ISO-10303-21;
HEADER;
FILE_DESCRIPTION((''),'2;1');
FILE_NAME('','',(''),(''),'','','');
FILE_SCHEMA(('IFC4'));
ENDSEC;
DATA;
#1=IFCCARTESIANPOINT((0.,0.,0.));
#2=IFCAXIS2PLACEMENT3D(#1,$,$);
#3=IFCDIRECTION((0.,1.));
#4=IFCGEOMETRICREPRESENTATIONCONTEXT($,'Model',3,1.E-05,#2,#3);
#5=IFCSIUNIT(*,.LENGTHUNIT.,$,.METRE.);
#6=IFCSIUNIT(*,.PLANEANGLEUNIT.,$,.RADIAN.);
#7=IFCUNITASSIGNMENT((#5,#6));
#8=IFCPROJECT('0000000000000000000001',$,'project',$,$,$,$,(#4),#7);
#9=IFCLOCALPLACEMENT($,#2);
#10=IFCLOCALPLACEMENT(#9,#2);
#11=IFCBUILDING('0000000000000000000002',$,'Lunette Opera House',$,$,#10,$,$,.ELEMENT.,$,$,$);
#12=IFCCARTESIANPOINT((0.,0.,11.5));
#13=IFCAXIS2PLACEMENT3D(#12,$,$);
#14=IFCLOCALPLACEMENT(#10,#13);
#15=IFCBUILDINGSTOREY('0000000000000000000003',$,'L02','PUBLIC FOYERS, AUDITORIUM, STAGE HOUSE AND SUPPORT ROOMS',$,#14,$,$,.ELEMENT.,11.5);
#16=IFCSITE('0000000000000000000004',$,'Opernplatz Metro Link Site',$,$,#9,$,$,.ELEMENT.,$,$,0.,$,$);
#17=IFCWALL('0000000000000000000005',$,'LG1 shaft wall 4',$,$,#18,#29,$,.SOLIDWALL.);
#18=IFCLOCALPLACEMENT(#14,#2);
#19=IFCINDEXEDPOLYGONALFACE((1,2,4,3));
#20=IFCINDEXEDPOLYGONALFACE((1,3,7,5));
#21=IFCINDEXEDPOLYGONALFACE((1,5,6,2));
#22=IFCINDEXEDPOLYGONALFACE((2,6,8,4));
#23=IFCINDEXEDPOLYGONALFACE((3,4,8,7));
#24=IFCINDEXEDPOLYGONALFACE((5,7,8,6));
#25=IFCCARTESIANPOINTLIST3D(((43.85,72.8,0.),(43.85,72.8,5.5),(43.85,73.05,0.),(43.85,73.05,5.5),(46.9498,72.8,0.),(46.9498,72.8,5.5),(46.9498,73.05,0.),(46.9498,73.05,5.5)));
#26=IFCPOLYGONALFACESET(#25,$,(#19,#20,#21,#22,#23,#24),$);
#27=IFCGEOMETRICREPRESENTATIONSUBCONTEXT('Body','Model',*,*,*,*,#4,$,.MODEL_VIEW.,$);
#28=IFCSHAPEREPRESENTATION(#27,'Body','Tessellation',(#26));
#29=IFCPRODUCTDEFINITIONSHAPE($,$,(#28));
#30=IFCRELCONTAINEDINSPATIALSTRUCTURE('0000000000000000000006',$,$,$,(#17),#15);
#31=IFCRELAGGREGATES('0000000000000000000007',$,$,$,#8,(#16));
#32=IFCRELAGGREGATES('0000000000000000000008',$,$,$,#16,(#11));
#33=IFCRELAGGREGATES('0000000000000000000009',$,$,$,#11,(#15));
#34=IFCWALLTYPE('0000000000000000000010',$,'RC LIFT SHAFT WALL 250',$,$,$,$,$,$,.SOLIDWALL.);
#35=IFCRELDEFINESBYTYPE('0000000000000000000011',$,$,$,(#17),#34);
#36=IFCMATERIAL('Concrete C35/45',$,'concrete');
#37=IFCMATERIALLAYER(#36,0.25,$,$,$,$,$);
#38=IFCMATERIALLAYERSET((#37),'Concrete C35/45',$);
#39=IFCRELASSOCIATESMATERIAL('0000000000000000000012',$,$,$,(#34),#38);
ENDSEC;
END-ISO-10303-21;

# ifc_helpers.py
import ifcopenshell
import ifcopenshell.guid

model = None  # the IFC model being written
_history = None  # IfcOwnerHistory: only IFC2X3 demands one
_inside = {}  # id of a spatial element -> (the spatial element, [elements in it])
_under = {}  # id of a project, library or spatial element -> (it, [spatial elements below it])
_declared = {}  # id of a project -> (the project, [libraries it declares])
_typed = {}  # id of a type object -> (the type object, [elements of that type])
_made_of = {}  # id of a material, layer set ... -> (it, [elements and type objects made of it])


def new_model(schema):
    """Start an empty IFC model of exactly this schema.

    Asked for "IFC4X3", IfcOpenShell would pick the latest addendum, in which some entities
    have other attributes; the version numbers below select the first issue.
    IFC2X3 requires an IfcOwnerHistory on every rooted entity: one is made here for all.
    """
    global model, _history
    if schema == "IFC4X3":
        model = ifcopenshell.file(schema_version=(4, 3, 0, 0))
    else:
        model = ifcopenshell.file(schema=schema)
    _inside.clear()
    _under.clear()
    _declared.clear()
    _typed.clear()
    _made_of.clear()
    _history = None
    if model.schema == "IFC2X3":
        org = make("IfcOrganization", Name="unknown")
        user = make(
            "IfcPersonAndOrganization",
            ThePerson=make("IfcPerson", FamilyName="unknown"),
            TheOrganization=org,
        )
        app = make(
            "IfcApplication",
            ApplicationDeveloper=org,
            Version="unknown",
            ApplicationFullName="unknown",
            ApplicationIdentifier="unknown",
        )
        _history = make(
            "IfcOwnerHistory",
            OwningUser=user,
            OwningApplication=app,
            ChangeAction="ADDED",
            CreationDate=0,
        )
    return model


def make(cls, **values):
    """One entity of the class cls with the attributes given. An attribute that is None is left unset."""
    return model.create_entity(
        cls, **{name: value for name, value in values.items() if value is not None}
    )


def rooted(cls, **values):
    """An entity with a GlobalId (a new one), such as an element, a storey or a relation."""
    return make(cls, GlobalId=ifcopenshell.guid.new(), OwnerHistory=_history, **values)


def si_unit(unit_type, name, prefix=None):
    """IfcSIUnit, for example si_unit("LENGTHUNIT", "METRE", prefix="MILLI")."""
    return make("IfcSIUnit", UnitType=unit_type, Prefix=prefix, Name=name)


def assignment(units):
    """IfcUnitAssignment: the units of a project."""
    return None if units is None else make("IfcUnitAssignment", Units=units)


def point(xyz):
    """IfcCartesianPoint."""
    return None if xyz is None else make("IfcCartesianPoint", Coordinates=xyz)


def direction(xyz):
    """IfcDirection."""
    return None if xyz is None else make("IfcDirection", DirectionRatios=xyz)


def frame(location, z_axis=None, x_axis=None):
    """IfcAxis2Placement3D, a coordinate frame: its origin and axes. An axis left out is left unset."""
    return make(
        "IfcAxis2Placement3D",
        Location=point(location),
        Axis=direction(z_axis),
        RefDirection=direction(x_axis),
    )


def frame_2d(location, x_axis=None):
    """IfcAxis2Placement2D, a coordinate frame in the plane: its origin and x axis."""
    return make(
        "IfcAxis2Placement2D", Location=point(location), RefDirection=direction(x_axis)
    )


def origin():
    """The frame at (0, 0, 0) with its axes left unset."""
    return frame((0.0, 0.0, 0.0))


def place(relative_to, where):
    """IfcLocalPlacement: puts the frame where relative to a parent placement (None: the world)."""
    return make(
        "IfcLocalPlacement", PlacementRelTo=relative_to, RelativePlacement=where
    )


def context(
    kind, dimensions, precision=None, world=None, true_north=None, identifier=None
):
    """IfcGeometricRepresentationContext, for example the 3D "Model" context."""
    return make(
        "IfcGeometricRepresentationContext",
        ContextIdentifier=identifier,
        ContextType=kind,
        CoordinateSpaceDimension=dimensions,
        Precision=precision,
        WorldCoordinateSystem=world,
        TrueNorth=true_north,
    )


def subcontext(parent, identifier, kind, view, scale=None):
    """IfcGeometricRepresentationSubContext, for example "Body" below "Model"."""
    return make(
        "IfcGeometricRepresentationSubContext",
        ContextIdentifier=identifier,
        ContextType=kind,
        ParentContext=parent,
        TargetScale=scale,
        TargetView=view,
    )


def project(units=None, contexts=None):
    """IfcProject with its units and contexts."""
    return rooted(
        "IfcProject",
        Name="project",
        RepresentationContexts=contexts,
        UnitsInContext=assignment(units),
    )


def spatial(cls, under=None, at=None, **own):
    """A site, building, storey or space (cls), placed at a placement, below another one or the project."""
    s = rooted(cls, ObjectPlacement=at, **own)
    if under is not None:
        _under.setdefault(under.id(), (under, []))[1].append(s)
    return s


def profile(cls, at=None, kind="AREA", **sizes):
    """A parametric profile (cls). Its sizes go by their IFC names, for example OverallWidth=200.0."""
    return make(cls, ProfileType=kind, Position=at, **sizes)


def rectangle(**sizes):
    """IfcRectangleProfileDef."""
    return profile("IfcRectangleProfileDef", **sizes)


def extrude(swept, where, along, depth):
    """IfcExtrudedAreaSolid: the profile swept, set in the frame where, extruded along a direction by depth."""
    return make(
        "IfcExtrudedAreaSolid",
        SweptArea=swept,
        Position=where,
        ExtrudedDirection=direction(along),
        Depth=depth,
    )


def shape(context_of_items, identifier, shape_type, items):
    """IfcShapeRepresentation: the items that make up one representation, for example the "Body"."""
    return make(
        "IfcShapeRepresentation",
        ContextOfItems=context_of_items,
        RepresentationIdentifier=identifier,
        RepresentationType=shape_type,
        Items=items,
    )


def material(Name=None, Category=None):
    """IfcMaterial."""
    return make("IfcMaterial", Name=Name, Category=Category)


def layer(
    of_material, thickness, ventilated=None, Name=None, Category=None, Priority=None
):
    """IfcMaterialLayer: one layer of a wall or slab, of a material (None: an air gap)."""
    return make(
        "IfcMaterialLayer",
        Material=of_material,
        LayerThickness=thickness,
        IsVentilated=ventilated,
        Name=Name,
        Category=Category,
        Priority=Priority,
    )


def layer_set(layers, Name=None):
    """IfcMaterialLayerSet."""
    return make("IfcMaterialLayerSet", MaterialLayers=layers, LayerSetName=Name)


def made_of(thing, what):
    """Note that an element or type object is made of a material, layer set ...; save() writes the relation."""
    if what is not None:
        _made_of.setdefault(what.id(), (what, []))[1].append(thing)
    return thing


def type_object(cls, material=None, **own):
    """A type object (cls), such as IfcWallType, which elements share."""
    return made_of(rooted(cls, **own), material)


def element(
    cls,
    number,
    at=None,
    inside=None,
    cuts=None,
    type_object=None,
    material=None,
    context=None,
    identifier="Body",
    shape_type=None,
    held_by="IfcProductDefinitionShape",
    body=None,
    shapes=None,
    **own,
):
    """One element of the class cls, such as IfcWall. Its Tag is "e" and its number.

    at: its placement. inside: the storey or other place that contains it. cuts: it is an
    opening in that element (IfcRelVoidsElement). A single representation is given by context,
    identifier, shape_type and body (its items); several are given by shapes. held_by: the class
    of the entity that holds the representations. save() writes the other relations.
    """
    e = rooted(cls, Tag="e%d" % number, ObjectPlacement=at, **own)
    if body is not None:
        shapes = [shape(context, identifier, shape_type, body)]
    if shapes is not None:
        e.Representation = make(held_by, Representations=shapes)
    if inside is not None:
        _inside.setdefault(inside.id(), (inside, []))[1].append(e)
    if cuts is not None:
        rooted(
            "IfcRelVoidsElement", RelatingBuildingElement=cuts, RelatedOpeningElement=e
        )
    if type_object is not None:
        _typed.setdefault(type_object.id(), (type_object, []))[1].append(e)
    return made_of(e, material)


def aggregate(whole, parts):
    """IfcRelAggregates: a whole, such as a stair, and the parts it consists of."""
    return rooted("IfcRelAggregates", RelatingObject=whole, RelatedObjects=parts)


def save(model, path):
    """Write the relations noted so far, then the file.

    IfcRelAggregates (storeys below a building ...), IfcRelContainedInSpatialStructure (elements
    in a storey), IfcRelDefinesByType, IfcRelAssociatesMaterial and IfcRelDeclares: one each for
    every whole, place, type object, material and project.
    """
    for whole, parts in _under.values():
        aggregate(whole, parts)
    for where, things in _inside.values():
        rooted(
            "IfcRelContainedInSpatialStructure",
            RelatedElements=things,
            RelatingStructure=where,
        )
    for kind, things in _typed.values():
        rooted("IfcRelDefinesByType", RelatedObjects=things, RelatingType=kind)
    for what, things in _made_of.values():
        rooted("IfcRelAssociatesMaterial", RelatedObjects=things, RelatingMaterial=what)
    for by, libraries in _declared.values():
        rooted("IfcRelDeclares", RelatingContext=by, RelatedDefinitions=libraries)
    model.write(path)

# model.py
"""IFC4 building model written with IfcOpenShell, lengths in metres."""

from ifc_helpers import new_model, si_unit, direction, frame, frame_2d, origin, place, context, subcontext, project, spatial, rectangle, extrude, material, layer, layer_set, type_object, element, save


model = new_model("IFC4")

# Units and contexts
model_context = context("Model", 3, precision=1e-05, world=origin(), true_north=direction((0.0, 1.0)))
body_context = subcontext(model_context, "Body", "Model", "MODEL_VIEW")
ifc_project = project(units=[si_unit("LENGTHUNIT", "METRE"), si_unit("PLANEANGLEUNIT", "RADIAN")], contexts=[model_context])

# Site, building, storey
site_placement = place(None, origin())
site = spatial("IfcSite", under=ifc_project, at=site_placement, Name="Opernplatz Metro Link Site", CompositionType="ELEMENT", RefElevation=0.0)
building_placement = place(site_placement, origin())
building = spatial("IfcBuilding", under=site, at=building_placement, Name="Lunette Opera House", CompositionType="ELEMENT")
storey_placement = place(building_placement, frame((0.0, 0.0, 11.5)))
storey = spatial("IfcBuildingStorey", under=building, at=storey_placement, Name="L02", Description="PUBLIC FOYERS, AUDITORIUM, STAGE HOUSE AND SUPPORT ROOMS", CompositionType="ELEMENT", Elevation=11.5)

# Wall
ifc_material_1 = material(Name="Concrete C35/45", Category="concrete")
ifc_layer = layer(ifc_material_1, 0.25)
ifc_layer_set = layer_set([ifc_layer], Name="Concrete C35/45")
wall_type = type_object("IfcWallType", Name="RC LIFT SHAFT WALL 250", PredefinedType="SOLIDWALL", material=ifc_layer_set)
wall_1_placement = place(storey_placement, frame((43.8501, 72.925, 0.0), z_axis=(0.0, 0.0, 1.0), x_axis=(1.0, 0.0, 0.0)))
element("IfcWall", 1, at=wall_1_placement, inside=storey, type_object=wall_type, Name="LG1 shaft wall 4", PredefinedType="SOLIDWALL", context=body_context, shape_type="SweptSolid", body=[
    extrude(rectangle(XDim=3.0999, YDim=0.25, at=frame_2d((1.5498, 0.0))), origin(), (0.0, 0.0, 1.0), 5.5),
])

save(model, "model.ifc")
